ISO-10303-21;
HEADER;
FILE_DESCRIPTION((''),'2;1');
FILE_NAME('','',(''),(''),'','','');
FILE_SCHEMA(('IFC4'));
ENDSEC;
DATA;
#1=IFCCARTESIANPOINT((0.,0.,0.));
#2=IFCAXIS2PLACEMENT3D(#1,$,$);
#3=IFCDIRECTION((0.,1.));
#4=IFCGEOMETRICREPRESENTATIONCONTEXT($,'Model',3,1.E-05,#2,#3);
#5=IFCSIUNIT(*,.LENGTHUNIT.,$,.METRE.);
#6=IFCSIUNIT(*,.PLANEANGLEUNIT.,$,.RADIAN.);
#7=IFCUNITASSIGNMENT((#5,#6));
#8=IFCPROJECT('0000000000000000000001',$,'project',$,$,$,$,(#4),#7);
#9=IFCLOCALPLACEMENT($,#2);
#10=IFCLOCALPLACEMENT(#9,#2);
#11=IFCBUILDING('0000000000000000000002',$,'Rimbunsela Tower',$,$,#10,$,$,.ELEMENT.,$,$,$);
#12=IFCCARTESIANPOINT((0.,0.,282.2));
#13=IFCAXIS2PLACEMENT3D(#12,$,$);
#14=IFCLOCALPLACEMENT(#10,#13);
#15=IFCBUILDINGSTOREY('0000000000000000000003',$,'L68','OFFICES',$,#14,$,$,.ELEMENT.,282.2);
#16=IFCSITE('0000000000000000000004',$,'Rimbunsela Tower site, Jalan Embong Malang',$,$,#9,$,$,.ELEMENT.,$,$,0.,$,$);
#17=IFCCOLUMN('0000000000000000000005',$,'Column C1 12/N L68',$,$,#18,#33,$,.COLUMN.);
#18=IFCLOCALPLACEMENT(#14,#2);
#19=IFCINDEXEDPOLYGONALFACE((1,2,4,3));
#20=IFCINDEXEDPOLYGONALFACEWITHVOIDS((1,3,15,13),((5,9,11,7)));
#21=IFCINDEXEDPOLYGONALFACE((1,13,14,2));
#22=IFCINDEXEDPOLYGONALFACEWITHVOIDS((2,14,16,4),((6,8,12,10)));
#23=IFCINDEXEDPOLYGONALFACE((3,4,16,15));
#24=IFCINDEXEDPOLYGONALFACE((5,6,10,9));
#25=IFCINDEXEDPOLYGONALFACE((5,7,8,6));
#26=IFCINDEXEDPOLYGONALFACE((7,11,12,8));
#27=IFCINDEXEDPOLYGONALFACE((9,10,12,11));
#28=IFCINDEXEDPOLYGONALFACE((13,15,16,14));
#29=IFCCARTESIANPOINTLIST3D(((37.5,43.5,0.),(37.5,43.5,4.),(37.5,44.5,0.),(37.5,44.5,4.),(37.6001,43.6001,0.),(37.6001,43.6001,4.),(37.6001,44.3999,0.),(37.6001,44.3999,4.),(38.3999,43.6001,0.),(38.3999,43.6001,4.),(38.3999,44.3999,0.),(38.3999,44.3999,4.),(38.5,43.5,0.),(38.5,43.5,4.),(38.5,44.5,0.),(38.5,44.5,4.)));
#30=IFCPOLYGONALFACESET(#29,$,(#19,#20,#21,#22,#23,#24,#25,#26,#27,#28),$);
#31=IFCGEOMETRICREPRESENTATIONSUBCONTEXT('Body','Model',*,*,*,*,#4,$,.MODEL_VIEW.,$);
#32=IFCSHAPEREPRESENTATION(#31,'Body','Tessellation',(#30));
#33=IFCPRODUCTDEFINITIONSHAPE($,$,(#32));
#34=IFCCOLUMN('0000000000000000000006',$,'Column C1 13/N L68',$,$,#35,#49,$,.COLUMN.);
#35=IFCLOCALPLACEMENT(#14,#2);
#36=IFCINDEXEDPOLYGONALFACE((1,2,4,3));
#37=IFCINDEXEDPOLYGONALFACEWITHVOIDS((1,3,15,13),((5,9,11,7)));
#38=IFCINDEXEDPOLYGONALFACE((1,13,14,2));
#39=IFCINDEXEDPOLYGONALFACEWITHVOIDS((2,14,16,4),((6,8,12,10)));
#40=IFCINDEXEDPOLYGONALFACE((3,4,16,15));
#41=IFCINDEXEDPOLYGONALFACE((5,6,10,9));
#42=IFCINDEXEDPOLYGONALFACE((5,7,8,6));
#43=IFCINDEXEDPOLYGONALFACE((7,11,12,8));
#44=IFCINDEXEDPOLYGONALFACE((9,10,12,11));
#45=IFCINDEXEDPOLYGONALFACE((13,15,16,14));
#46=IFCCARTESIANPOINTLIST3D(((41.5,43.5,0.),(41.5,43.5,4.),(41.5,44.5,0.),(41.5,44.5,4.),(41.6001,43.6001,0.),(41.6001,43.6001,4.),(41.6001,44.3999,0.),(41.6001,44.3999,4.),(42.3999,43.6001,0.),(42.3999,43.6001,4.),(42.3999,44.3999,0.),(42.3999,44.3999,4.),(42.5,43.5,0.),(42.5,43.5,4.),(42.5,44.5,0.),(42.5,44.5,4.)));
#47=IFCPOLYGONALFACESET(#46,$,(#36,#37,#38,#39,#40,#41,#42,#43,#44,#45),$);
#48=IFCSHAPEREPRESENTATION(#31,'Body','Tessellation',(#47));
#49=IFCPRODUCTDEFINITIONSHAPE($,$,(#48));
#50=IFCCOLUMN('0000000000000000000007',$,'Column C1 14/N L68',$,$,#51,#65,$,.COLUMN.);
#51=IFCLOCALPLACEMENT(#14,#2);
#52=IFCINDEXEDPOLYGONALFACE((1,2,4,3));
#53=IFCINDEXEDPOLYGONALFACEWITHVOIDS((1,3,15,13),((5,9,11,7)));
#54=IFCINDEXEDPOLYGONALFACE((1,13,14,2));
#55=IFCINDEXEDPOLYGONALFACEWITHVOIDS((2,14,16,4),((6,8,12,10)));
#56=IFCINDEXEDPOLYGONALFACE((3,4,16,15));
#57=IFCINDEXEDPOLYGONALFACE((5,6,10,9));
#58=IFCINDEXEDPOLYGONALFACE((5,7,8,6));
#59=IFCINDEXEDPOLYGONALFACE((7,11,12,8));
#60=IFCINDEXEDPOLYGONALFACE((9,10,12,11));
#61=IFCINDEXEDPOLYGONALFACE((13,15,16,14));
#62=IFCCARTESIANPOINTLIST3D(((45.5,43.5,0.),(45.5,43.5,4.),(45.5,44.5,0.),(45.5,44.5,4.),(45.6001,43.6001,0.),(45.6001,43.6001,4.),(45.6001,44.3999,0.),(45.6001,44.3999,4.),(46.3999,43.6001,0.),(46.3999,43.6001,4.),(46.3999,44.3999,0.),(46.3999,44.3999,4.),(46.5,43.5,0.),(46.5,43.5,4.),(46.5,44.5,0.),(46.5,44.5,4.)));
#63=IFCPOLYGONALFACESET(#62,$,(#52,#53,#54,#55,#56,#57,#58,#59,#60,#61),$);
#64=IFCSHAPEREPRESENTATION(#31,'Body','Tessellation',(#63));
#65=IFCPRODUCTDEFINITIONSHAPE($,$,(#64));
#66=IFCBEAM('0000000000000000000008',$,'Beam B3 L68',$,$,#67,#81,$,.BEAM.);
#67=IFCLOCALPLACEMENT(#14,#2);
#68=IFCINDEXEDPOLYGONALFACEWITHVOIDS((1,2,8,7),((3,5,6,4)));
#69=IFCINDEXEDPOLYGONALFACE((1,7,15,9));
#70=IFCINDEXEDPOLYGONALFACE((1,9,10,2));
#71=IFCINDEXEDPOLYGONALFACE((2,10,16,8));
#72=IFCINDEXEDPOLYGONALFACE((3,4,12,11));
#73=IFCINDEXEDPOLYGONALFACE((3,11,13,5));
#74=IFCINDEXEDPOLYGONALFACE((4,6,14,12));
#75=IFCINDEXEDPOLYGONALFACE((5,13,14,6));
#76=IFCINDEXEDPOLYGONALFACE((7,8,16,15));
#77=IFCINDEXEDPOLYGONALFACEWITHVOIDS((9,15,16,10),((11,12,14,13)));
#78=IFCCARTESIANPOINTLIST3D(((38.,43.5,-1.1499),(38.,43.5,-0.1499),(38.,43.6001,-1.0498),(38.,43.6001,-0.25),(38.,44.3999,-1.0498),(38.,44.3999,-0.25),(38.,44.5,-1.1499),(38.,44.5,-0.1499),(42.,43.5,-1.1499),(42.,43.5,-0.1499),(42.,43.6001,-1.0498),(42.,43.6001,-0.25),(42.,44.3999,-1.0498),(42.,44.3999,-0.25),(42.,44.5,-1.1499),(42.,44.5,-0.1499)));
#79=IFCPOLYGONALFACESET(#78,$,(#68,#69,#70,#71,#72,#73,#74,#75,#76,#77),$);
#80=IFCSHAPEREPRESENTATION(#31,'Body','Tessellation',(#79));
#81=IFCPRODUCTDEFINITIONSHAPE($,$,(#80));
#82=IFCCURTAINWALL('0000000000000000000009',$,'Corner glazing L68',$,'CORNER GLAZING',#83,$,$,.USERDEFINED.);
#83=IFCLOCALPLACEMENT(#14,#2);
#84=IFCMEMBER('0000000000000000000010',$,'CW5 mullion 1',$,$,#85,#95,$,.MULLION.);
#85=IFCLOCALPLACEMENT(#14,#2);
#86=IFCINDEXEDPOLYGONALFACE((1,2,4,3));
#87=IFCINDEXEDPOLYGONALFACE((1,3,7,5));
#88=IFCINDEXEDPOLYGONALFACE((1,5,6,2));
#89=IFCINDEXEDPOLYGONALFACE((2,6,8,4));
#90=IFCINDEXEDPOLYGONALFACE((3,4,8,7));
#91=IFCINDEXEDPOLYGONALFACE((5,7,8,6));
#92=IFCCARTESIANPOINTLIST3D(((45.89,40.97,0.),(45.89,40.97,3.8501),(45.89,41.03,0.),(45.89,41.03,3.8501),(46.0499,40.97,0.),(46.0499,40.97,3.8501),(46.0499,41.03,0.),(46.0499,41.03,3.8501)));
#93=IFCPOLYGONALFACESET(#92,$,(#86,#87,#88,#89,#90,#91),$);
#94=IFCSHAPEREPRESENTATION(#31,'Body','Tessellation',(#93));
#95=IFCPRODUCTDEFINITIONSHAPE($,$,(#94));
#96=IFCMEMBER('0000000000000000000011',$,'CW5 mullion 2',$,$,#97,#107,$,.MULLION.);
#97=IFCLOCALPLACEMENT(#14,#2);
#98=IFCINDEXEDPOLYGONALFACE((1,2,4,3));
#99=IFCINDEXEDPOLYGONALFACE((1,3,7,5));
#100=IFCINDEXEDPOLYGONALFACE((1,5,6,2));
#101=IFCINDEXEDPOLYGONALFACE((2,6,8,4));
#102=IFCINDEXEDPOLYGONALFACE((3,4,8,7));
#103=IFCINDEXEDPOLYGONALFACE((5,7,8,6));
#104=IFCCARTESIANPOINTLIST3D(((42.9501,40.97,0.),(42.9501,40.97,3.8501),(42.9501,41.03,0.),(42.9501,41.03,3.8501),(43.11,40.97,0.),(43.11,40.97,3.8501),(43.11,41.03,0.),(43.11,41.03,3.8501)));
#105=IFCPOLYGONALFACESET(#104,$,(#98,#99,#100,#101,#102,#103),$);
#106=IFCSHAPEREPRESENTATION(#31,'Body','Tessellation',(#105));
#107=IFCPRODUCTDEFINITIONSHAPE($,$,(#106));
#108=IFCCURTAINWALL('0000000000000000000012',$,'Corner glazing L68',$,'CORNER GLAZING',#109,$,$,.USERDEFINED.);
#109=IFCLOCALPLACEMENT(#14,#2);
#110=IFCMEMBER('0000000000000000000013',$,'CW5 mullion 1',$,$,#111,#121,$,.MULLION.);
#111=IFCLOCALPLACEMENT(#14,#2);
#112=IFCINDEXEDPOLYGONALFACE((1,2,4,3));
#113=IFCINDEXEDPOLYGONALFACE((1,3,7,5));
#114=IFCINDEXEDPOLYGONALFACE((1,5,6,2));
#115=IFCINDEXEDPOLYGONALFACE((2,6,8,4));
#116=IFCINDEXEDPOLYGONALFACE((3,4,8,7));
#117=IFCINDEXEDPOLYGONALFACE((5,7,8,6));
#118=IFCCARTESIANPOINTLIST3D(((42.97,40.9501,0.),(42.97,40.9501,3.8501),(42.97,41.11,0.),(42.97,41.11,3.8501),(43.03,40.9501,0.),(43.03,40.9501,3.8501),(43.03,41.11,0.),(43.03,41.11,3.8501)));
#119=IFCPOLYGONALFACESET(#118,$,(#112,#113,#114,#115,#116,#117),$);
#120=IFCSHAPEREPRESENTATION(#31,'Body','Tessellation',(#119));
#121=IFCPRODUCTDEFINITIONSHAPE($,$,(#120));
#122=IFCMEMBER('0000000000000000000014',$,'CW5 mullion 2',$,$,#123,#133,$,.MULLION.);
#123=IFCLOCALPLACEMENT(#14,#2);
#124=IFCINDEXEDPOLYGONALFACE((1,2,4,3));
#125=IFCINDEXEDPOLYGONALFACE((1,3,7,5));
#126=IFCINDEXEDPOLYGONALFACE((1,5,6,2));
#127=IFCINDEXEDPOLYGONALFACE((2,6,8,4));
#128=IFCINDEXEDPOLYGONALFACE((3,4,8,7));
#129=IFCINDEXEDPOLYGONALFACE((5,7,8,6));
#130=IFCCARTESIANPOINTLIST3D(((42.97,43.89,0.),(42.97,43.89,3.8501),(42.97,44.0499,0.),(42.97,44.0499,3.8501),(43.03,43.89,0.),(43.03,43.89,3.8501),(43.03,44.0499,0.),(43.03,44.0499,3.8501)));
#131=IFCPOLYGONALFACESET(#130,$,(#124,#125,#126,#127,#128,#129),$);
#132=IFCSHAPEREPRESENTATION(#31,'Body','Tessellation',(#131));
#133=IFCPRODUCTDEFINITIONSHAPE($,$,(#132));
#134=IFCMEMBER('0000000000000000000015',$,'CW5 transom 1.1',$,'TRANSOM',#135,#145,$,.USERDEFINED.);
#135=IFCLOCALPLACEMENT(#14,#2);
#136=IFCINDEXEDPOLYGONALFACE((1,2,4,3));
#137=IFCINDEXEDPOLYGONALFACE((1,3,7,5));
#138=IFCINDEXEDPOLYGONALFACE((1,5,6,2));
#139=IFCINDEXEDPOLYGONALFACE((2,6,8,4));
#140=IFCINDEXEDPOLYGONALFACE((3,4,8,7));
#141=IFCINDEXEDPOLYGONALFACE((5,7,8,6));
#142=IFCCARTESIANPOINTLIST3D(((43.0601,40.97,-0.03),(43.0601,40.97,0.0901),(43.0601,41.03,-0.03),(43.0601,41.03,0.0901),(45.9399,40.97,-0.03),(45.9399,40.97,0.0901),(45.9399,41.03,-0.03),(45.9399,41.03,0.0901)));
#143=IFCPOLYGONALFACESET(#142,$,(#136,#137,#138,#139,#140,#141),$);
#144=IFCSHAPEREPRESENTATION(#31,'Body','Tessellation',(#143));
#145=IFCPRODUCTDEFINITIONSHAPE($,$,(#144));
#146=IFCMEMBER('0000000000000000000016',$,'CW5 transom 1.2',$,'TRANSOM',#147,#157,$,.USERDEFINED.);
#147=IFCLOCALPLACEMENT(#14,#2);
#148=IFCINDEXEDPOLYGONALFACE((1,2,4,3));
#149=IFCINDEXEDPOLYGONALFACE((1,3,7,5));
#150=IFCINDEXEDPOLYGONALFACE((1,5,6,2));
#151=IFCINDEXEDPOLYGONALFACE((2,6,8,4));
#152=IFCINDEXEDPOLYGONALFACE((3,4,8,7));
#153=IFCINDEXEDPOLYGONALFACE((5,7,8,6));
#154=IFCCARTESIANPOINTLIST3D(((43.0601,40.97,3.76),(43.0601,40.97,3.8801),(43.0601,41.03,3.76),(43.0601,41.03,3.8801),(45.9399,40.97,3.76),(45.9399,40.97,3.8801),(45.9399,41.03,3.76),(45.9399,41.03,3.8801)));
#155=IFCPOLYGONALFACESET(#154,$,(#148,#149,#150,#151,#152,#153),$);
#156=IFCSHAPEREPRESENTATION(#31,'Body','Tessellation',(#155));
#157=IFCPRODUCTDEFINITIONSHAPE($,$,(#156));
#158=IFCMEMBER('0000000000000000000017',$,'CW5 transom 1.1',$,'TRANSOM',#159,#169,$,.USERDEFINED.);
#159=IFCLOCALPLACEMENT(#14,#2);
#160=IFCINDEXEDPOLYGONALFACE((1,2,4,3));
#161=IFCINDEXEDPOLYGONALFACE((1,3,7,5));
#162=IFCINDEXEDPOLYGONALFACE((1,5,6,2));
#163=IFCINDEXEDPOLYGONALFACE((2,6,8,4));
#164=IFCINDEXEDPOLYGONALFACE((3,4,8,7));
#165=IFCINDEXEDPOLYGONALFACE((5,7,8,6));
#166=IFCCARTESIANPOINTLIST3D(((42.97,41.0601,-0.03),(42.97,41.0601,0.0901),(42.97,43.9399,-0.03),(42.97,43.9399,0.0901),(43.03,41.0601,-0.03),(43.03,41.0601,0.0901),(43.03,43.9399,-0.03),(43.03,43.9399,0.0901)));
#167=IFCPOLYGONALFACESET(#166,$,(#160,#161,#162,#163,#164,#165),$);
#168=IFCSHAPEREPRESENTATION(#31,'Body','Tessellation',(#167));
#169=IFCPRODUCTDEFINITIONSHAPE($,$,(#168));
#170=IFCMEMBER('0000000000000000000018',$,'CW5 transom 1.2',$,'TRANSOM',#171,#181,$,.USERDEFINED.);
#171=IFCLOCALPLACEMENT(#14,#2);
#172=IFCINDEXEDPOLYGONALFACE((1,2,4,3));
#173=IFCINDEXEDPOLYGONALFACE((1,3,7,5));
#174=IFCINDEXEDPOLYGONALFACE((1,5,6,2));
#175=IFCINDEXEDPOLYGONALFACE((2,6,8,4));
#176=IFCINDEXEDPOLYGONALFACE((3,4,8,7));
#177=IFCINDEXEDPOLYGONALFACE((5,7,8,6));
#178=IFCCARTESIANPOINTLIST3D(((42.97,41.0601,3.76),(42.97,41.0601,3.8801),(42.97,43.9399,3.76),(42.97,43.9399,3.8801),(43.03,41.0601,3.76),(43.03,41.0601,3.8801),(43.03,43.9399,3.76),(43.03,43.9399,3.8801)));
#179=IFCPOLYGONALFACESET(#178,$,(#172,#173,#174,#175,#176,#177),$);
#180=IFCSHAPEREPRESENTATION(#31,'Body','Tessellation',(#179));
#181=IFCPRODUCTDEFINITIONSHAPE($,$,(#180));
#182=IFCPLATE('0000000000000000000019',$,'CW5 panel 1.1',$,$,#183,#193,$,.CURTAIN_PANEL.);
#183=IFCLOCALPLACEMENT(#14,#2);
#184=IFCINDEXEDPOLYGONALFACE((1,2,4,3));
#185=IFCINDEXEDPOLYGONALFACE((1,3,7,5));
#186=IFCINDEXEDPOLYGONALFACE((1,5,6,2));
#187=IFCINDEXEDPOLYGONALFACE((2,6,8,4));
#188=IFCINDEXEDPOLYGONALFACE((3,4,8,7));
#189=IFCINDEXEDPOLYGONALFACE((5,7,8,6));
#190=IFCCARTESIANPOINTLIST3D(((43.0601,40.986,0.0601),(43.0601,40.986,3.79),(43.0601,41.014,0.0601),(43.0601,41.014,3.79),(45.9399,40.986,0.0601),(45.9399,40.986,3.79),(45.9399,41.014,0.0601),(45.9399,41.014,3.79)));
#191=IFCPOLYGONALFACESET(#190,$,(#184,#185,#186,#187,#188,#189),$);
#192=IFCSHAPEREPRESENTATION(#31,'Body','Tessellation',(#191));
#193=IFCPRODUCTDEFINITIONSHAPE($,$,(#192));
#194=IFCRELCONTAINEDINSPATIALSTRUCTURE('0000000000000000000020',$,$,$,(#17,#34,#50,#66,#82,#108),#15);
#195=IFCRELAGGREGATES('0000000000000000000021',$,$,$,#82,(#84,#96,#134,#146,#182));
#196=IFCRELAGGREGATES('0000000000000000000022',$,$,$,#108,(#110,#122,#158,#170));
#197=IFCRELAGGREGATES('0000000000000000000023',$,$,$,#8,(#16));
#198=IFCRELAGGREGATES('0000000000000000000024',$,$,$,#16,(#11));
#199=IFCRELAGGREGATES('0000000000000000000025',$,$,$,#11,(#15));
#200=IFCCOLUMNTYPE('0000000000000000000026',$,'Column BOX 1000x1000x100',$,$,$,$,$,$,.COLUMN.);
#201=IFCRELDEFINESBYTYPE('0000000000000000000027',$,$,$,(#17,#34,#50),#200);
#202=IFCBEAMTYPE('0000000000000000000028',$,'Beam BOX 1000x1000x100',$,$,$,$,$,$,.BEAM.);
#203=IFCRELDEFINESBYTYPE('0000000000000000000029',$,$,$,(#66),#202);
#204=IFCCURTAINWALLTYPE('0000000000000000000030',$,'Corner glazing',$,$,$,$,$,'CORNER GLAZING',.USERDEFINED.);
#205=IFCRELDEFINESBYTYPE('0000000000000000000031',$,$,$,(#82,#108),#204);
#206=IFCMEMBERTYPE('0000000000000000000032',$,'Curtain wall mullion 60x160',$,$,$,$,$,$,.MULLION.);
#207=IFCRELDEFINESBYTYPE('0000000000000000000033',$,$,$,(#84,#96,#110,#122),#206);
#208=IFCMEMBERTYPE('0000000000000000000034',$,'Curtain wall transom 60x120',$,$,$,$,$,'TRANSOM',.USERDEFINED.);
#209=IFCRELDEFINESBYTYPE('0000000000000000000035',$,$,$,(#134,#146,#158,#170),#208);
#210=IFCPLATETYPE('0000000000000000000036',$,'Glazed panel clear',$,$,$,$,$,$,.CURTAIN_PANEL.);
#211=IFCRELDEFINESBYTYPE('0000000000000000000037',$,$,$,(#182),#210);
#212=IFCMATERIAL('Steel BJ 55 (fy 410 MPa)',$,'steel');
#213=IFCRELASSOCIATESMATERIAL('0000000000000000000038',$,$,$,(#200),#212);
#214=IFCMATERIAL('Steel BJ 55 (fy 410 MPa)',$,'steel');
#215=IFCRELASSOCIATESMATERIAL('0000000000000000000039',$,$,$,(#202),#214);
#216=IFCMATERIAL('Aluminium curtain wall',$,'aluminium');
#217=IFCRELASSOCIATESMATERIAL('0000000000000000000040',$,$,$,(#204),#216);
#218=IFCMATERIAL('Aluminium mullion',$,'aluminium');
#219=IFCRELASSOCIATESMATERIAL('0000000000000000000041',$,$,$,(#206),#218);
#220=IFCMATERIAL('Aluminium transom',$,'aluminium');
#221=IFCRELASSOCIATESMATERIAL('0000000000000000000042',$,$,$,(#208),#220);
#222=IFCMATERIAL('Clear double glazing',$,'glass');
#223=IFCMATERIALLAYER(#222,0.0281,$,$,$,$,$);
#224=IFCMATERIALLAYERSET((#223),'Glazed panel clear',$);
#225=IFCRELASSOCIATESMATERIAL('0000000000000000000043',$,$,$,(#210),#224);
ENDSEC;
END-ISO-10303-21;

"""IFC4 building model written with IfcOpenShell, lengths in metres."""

from ifc_helpers import new_model, si_unit, direction, frame, origin, origin_2d, place, context, subcontext, project, spatial, rectangle, hollow_rectangle, extrude, material, layer, layer_set, material_profile, profile_set, type_object, element, aggregate, save


model = new_model("IFC4")

# Units and contexts
model_context = context("Model", 3, precision=1e-05, world=origin(), true_north=direction((0.0, 1.0)))
body_context = subcontext(model_context, "Body", "Model", "MODEL_VIEW")
ifc_project = project(units=[si_unit("LENGTHUNIT", "METRE"), si_unit("PLANEANGLEUNIT", "RADIAN")], contexts=[model_context])

# Site, building, storey
site_placement = place(None, origin())
site = spatial("IfcSite", under=ifc_project, at=site_placement, Name="Rimbunsela Tower site, Jalan Embong Malang", CompositionType="ELEMENT", RefElevation=0.0)
building_placement = place(site_placement, origin())
building = spatial("IfcBuilding", under=site, at=building_placement, Name="Rimbunsela Tower", CompositionType="ELEMENT")
storey_placement = place(building_placement, frame((0.0, 0.0, 282.2)))
storey = spatial("IfcBuildingStorey", under=building, at=storey_placement, Name="L68", Description="OFFICES", CompositionType="ELEMENT", Elevation=282.2)

# Columns
ifc_material_1 = material(Name="Steel BJ 55 (fy 410 MPa)", Category="steel")
ifc_material_profile_1 = material_profile(ifc_material_1, hollow_rectangle(XDim=1.0, YDim=1.0, WallThickness=0.1001, at=origin_2d()), Name="BOX 1000x1000x100")
ifc_profile_set_1 = profile_set([ifc_material_profile_1], Name="Steel BJ 55 (fy 410 MPa)")
column_type = type_object("IfcColumnType", Name="Column BOX 1000x1000x100", PredefinedType="COLUMN", material=ifc_profile_set_1)
for number, where, z_axis, x_axis, name in (
    (1, (38.0, 44.0, 0.0), (0.0, 0.0, 1.0), (1.0, 0.0, 0.0), "Column C1 12/N L68"),
    (2, (42.0, 44.0, 0.0), (0.0, 0.0, 1.0), (1.0, 0.0, 0.0), "Column C1 13/N L68"),
    (3, (46.0, 44.0, 0.0), (0.0, 0.0, 1.0), (1.0, 0.0, 0.0), "Column C1 14/N L68"),
):
    element("IfcColumn", number, at=place(storey_placement, frame(where, z_axis=z_axis, x_axis=x_axis)), inside=storey, type_object=column_type, Name=name, PredefinedType="COLUMN", context=body_context, shape_type="SweptSolid", body=[
        extrude(hollow_rectangle(XDim=1.0, YDim=1.0, WallThickness=0.1001, at=origin_2d()), origin(), (0.0, 0.0, 1.0), 4.0),
    ])

# Beam
ifc_material_2 = material(Name="Steel BJ 55 (fy 410 MPa)", Category="steel")
ifc_material_profile_2 = material_profile(ifc_material_2, hollow_rectangle(XDim=1.0, YDim=1.0, WallThickness=0.1001, at=origin_2d()), Name="BOX 1000x1000x100")
ifc_profile_set_2 = profile_set([ifc_material_profile_2], Name="Steel BJ 55 (fy 410 MPa)")
beam_type = type_object("IfcBeamType", Name="Beam BOX 1000x1000x100", PredefinedType="BEAM", material=ifc_profile_set_2)
beam_placement = place(storey_placement, frame((38.0, 44.0, -0.6499), z_axis=(1.0, 0.0, 0.0), x_axis=(0.0, 1.0, 0.0)))
element("IfcBeam", 4, at=beam_placement, inside=storey, type_object=beam_type, Name="Beam B3 L68", PredefinedType="BEAM", context=body_context, shape_type="SweptSolid", body=[
    extrude(hollow_rectangle(XDim=1.0, YDim=1.0, WallThickness=0.1001, at=origin_2d()), origin(), (0.0, 0.0, 1.0), 4.0),
])

# Curtain walls, members
ifc_material_3 = material(Name="Aluminium curtain wall", Category="aluminium")
curtain_wall_type = type_object("IfcCurtainWallType", Name="Corner glazing", ElementType="CORNER GLAZING", PredefinedType="USERDEFINED", material=ifc_material_3)
curtain_wall_1_placement = place(storey_placement, origin())
curtain_wall_1 = element("IfcCurtainWall", 5, at=curtain_wall_1_placement, inside=storey, type_object=curtain_wall_type, Name="Corner glazing L68", ObjectType="CORNER GLAZING", PredefinedType="USERDEFINED")
ifc_material_4 = material(Name="Aluminium mullion", Category="aluminium")
ifc_material_profile_3 = material_profile(ifc_material_4, rectangle(XDim=0.0601, YDim=0.1599, at=origin_2d()), Name="Mullion 60x160")
ifc_profile_set_3 = profile_set([ifc_material_profile_3], Name="Aluminium mullion")
member_type_1 = type_object("IfcMemberType", Name="Curtain wall mullion 60x160", PredefinedType="MULLION", material=ifc_profile_set_3)
member_1_placement = place(storey_placement, frame((45.97, 41.0, 0.0), z_axis=(0.0, 0.0, 1.0), x_axis=(0.0, -1.0, 0.0)))
member_1 = element("IfcMember", 6, at=member_1_placement, type_object=member_type_1, Name="CW5 mullion 1", PredefinedType="MULLION", context=body_context, shape_type="SweptSolid", body=[
    extrude(rectangle(XDim=0.0601, YDim=0.1599, at=origin_2d()), origin(), (0.0, 0.0, 1.0), 3.8501),
])
member_2_placement = place(storey_placement, frame((43.03, 41.0, 0.0), z_axis=(0.0, 0.0, 1.0), x_axis=(0.0, -1.0, 0.0)))
member_2 = element("IfcMember", 7, at=member_2_placement, type_object=member_type_1, Name="CW5 mullion 2", PredefinedType="MULLION", context=body_context, shape_type="SweptSolid", body=[
    extrude(rectangle(XDim=0.0601, YDim=0.1599, at=origin_2d()), origin(), (0.0, 0.0, 1.0), 3.8501),
])
curtain_wall_2_placement = place(storey_placement, origin())
curtain_wall_2 = element("IfcCurtainWall", 8, at=curtain_wall_2_placement, inside=storey, type_object=curtain_wall_type, Name="Corner glazing L68", ObjectType="CORNER GLAZING", PredefinedType="USERDEFINED")
member_3_placement = place(storey_placement, frame((43.0, 41.03, 0.0), z_axis=(0.0, 0.0, 1.0), x_axis=(-1.0, 0.0, 0.0)))
member_3 = element("IfcMember", 9, at=member_3_placement, type_object=member_type_1, Name="CW5 mullion 1", PredefinedType="MULLION", context=body_context, shape_type="SweptSolid", body=[
    extrude(rectangle(XDim=0.0601, YDim=0.1599, at=origin_2d()), origin(), (0.0, 0.0, 1.0), 3.8501),
])
member_4_placement = place(storey_placement, frame((43.0, 43.97, 0.0), z_axis=(0.0, 0.0, 1.0), x_axis=(-1.0, 0.0, 0.0)))
member_4 = element("IfcMember", 10, at=member_4_placement, type_object=member_type_1, Name="CW5 mullion 2", PredefinedType="MULLION", context=body_context, shape_type="SweptSolid", body=[
    extrude(rectangle(XDim=0.0601, YDim=0.1599, at=origin_2d()), origin(), (0.0, 0.0, 1.0), 3.8501),
])

# Members
ifc_material_5 = material(Name="Aluminium transom", Category="aluminium")
ifc_material_profile_4 = material_profile(ifc_material_5, rectangle(XDim=0.0601, YDim=0.1201, at=origin_2d()), Name="Transom 60x120")
ifc_profile_set_4 = profile_set([ifc_material_profile_4], Name="Aluminium transom")
member_type_2 = type_object("IfcMemberType", Name="Curtain wall transom 60x120", ElementType="TRANSOM", PredefinedType="USERDEFINED", material=ifc_profile_set_4)
member_5_placement = place(storey_placement, frame((45.9399, 41.0, 0.03), z_axis=(-1.0, 0.0, 0.0), x_axis=(0.0, -1.0, 0.0)))
member_5 = element("IfcMember", 11, at=member_5_placement, type_object=member_type_2, Name="CW5 transom 1.1", ObjectType="TRANSOM", PredefinedType="USERDEFINED", context=body_context, shape_type="SweptSolid", body=[
    extrude(rectangle(XDim=0.0601, YDim=0.1201, at=origin_2d()), origin(), (0.0, 0.0, 1.0), 2.8799),
])
member_6_placement = place(storey_placement, frame((45.9399, 41.0, 3.8201), z_axis=(-1.0, 0.0, 0.0), x_axis=(0.0, -1.0, 0.0)))
member_6 = element("IfcMember", 12, at=member_6_placement, type_object=member_type_2, Name="CW5 transom 1.2", ObjectType="TRANSOM", PredefinedType="USERDEFINED", context=body_context, shape_type="SweptSolid", body=[
    extrude(rectangle(XDim=0.0601, YDim=0.1201, at=origin_2d()), origin(), (0.0, 0.0, 1.0), 2.8799),
])
member_7_placement = place(storey_placement, frame((43.0, 41.0601, 0.03), z_axis=(0.0, 1.0, 0.0), x_axis=(-1.0, 0.0, 0.0)))
member_7 = element("IfcMember", 13, at=member_7_placement, type_object=member_type_2, Name="CW5 transom 1.1", ObjectType="TRANSOM", PredefinedType="USERDEFINED", context=body_context, shape_type="SweptSolid", body=[
    extrude(rectangle(XDim=0.0601, YDim=0.1201, at=origin_2d()), origin(), (0.0, 0.0, 1.0), 2.8799),
])
member_8_placement = place(storey_placement, frame((43.0, 41.0601, 3.8201), z_axis=(0.0, 1.0, 0.0), x_axis=(-1.0, 0.0, 0.0)))
member_8 = element("IfcMember", 14, at=member_8_placement, type_object=member_type_2, Name="CW5 transom 1.2", ObjectType="TRANSOM", PredefinedType="USERDEFINED", context=body_context, shape_type="SweptSolid", body=[
    extrude(rectangle(XDim=0.0601, YDim=0.1201, at=origin_2d()), origin(), (0.0, 0.0, 1.0), 2.8799),
])

# Plate
ifc_material_6 = material(Name="Clear double glazing", Category="glass")
ifc_layer_1 = layer(ifc_material_6, 0.0281)
ifc_layer_set_1 = layer_set([ifc_layer_1], Name="Glazed panel clear")
plate_type = type_object("IfcPlateType", Name="Glazed panel clear", PredefinedType="CURTAIN_PANEL", material=ifc_layer_set_1)
plate_1_placement = place(storey_placement, frame((44.5, 41.0, 0.0601), z_axis=(0.0, 0.0, 1.0), x_axis=(-1.0, 0.0, 0.0)))
plate_1 = element("IfcPlate", 15, at=plate_1_placement, type_object=plate_type, Name="CW5 panel 1.1", PredefinedType="CURTAIN_PANEL", context=body_context, shape_type="SweptSolid", body=[
    extrude(rectangle(XDim=2.8799, YDim=0.0281, at=origin_2d()), origin(), (0.0, 0.0, 1.0), 3.73),
])
aggregate(curtain_wall_1, [member_1, member_2, member_5, member_6, plate_1])
aggregate(curtain_wall_2, [member_3, member_4, member_7, member_8])

save(model, "model.ifc")
